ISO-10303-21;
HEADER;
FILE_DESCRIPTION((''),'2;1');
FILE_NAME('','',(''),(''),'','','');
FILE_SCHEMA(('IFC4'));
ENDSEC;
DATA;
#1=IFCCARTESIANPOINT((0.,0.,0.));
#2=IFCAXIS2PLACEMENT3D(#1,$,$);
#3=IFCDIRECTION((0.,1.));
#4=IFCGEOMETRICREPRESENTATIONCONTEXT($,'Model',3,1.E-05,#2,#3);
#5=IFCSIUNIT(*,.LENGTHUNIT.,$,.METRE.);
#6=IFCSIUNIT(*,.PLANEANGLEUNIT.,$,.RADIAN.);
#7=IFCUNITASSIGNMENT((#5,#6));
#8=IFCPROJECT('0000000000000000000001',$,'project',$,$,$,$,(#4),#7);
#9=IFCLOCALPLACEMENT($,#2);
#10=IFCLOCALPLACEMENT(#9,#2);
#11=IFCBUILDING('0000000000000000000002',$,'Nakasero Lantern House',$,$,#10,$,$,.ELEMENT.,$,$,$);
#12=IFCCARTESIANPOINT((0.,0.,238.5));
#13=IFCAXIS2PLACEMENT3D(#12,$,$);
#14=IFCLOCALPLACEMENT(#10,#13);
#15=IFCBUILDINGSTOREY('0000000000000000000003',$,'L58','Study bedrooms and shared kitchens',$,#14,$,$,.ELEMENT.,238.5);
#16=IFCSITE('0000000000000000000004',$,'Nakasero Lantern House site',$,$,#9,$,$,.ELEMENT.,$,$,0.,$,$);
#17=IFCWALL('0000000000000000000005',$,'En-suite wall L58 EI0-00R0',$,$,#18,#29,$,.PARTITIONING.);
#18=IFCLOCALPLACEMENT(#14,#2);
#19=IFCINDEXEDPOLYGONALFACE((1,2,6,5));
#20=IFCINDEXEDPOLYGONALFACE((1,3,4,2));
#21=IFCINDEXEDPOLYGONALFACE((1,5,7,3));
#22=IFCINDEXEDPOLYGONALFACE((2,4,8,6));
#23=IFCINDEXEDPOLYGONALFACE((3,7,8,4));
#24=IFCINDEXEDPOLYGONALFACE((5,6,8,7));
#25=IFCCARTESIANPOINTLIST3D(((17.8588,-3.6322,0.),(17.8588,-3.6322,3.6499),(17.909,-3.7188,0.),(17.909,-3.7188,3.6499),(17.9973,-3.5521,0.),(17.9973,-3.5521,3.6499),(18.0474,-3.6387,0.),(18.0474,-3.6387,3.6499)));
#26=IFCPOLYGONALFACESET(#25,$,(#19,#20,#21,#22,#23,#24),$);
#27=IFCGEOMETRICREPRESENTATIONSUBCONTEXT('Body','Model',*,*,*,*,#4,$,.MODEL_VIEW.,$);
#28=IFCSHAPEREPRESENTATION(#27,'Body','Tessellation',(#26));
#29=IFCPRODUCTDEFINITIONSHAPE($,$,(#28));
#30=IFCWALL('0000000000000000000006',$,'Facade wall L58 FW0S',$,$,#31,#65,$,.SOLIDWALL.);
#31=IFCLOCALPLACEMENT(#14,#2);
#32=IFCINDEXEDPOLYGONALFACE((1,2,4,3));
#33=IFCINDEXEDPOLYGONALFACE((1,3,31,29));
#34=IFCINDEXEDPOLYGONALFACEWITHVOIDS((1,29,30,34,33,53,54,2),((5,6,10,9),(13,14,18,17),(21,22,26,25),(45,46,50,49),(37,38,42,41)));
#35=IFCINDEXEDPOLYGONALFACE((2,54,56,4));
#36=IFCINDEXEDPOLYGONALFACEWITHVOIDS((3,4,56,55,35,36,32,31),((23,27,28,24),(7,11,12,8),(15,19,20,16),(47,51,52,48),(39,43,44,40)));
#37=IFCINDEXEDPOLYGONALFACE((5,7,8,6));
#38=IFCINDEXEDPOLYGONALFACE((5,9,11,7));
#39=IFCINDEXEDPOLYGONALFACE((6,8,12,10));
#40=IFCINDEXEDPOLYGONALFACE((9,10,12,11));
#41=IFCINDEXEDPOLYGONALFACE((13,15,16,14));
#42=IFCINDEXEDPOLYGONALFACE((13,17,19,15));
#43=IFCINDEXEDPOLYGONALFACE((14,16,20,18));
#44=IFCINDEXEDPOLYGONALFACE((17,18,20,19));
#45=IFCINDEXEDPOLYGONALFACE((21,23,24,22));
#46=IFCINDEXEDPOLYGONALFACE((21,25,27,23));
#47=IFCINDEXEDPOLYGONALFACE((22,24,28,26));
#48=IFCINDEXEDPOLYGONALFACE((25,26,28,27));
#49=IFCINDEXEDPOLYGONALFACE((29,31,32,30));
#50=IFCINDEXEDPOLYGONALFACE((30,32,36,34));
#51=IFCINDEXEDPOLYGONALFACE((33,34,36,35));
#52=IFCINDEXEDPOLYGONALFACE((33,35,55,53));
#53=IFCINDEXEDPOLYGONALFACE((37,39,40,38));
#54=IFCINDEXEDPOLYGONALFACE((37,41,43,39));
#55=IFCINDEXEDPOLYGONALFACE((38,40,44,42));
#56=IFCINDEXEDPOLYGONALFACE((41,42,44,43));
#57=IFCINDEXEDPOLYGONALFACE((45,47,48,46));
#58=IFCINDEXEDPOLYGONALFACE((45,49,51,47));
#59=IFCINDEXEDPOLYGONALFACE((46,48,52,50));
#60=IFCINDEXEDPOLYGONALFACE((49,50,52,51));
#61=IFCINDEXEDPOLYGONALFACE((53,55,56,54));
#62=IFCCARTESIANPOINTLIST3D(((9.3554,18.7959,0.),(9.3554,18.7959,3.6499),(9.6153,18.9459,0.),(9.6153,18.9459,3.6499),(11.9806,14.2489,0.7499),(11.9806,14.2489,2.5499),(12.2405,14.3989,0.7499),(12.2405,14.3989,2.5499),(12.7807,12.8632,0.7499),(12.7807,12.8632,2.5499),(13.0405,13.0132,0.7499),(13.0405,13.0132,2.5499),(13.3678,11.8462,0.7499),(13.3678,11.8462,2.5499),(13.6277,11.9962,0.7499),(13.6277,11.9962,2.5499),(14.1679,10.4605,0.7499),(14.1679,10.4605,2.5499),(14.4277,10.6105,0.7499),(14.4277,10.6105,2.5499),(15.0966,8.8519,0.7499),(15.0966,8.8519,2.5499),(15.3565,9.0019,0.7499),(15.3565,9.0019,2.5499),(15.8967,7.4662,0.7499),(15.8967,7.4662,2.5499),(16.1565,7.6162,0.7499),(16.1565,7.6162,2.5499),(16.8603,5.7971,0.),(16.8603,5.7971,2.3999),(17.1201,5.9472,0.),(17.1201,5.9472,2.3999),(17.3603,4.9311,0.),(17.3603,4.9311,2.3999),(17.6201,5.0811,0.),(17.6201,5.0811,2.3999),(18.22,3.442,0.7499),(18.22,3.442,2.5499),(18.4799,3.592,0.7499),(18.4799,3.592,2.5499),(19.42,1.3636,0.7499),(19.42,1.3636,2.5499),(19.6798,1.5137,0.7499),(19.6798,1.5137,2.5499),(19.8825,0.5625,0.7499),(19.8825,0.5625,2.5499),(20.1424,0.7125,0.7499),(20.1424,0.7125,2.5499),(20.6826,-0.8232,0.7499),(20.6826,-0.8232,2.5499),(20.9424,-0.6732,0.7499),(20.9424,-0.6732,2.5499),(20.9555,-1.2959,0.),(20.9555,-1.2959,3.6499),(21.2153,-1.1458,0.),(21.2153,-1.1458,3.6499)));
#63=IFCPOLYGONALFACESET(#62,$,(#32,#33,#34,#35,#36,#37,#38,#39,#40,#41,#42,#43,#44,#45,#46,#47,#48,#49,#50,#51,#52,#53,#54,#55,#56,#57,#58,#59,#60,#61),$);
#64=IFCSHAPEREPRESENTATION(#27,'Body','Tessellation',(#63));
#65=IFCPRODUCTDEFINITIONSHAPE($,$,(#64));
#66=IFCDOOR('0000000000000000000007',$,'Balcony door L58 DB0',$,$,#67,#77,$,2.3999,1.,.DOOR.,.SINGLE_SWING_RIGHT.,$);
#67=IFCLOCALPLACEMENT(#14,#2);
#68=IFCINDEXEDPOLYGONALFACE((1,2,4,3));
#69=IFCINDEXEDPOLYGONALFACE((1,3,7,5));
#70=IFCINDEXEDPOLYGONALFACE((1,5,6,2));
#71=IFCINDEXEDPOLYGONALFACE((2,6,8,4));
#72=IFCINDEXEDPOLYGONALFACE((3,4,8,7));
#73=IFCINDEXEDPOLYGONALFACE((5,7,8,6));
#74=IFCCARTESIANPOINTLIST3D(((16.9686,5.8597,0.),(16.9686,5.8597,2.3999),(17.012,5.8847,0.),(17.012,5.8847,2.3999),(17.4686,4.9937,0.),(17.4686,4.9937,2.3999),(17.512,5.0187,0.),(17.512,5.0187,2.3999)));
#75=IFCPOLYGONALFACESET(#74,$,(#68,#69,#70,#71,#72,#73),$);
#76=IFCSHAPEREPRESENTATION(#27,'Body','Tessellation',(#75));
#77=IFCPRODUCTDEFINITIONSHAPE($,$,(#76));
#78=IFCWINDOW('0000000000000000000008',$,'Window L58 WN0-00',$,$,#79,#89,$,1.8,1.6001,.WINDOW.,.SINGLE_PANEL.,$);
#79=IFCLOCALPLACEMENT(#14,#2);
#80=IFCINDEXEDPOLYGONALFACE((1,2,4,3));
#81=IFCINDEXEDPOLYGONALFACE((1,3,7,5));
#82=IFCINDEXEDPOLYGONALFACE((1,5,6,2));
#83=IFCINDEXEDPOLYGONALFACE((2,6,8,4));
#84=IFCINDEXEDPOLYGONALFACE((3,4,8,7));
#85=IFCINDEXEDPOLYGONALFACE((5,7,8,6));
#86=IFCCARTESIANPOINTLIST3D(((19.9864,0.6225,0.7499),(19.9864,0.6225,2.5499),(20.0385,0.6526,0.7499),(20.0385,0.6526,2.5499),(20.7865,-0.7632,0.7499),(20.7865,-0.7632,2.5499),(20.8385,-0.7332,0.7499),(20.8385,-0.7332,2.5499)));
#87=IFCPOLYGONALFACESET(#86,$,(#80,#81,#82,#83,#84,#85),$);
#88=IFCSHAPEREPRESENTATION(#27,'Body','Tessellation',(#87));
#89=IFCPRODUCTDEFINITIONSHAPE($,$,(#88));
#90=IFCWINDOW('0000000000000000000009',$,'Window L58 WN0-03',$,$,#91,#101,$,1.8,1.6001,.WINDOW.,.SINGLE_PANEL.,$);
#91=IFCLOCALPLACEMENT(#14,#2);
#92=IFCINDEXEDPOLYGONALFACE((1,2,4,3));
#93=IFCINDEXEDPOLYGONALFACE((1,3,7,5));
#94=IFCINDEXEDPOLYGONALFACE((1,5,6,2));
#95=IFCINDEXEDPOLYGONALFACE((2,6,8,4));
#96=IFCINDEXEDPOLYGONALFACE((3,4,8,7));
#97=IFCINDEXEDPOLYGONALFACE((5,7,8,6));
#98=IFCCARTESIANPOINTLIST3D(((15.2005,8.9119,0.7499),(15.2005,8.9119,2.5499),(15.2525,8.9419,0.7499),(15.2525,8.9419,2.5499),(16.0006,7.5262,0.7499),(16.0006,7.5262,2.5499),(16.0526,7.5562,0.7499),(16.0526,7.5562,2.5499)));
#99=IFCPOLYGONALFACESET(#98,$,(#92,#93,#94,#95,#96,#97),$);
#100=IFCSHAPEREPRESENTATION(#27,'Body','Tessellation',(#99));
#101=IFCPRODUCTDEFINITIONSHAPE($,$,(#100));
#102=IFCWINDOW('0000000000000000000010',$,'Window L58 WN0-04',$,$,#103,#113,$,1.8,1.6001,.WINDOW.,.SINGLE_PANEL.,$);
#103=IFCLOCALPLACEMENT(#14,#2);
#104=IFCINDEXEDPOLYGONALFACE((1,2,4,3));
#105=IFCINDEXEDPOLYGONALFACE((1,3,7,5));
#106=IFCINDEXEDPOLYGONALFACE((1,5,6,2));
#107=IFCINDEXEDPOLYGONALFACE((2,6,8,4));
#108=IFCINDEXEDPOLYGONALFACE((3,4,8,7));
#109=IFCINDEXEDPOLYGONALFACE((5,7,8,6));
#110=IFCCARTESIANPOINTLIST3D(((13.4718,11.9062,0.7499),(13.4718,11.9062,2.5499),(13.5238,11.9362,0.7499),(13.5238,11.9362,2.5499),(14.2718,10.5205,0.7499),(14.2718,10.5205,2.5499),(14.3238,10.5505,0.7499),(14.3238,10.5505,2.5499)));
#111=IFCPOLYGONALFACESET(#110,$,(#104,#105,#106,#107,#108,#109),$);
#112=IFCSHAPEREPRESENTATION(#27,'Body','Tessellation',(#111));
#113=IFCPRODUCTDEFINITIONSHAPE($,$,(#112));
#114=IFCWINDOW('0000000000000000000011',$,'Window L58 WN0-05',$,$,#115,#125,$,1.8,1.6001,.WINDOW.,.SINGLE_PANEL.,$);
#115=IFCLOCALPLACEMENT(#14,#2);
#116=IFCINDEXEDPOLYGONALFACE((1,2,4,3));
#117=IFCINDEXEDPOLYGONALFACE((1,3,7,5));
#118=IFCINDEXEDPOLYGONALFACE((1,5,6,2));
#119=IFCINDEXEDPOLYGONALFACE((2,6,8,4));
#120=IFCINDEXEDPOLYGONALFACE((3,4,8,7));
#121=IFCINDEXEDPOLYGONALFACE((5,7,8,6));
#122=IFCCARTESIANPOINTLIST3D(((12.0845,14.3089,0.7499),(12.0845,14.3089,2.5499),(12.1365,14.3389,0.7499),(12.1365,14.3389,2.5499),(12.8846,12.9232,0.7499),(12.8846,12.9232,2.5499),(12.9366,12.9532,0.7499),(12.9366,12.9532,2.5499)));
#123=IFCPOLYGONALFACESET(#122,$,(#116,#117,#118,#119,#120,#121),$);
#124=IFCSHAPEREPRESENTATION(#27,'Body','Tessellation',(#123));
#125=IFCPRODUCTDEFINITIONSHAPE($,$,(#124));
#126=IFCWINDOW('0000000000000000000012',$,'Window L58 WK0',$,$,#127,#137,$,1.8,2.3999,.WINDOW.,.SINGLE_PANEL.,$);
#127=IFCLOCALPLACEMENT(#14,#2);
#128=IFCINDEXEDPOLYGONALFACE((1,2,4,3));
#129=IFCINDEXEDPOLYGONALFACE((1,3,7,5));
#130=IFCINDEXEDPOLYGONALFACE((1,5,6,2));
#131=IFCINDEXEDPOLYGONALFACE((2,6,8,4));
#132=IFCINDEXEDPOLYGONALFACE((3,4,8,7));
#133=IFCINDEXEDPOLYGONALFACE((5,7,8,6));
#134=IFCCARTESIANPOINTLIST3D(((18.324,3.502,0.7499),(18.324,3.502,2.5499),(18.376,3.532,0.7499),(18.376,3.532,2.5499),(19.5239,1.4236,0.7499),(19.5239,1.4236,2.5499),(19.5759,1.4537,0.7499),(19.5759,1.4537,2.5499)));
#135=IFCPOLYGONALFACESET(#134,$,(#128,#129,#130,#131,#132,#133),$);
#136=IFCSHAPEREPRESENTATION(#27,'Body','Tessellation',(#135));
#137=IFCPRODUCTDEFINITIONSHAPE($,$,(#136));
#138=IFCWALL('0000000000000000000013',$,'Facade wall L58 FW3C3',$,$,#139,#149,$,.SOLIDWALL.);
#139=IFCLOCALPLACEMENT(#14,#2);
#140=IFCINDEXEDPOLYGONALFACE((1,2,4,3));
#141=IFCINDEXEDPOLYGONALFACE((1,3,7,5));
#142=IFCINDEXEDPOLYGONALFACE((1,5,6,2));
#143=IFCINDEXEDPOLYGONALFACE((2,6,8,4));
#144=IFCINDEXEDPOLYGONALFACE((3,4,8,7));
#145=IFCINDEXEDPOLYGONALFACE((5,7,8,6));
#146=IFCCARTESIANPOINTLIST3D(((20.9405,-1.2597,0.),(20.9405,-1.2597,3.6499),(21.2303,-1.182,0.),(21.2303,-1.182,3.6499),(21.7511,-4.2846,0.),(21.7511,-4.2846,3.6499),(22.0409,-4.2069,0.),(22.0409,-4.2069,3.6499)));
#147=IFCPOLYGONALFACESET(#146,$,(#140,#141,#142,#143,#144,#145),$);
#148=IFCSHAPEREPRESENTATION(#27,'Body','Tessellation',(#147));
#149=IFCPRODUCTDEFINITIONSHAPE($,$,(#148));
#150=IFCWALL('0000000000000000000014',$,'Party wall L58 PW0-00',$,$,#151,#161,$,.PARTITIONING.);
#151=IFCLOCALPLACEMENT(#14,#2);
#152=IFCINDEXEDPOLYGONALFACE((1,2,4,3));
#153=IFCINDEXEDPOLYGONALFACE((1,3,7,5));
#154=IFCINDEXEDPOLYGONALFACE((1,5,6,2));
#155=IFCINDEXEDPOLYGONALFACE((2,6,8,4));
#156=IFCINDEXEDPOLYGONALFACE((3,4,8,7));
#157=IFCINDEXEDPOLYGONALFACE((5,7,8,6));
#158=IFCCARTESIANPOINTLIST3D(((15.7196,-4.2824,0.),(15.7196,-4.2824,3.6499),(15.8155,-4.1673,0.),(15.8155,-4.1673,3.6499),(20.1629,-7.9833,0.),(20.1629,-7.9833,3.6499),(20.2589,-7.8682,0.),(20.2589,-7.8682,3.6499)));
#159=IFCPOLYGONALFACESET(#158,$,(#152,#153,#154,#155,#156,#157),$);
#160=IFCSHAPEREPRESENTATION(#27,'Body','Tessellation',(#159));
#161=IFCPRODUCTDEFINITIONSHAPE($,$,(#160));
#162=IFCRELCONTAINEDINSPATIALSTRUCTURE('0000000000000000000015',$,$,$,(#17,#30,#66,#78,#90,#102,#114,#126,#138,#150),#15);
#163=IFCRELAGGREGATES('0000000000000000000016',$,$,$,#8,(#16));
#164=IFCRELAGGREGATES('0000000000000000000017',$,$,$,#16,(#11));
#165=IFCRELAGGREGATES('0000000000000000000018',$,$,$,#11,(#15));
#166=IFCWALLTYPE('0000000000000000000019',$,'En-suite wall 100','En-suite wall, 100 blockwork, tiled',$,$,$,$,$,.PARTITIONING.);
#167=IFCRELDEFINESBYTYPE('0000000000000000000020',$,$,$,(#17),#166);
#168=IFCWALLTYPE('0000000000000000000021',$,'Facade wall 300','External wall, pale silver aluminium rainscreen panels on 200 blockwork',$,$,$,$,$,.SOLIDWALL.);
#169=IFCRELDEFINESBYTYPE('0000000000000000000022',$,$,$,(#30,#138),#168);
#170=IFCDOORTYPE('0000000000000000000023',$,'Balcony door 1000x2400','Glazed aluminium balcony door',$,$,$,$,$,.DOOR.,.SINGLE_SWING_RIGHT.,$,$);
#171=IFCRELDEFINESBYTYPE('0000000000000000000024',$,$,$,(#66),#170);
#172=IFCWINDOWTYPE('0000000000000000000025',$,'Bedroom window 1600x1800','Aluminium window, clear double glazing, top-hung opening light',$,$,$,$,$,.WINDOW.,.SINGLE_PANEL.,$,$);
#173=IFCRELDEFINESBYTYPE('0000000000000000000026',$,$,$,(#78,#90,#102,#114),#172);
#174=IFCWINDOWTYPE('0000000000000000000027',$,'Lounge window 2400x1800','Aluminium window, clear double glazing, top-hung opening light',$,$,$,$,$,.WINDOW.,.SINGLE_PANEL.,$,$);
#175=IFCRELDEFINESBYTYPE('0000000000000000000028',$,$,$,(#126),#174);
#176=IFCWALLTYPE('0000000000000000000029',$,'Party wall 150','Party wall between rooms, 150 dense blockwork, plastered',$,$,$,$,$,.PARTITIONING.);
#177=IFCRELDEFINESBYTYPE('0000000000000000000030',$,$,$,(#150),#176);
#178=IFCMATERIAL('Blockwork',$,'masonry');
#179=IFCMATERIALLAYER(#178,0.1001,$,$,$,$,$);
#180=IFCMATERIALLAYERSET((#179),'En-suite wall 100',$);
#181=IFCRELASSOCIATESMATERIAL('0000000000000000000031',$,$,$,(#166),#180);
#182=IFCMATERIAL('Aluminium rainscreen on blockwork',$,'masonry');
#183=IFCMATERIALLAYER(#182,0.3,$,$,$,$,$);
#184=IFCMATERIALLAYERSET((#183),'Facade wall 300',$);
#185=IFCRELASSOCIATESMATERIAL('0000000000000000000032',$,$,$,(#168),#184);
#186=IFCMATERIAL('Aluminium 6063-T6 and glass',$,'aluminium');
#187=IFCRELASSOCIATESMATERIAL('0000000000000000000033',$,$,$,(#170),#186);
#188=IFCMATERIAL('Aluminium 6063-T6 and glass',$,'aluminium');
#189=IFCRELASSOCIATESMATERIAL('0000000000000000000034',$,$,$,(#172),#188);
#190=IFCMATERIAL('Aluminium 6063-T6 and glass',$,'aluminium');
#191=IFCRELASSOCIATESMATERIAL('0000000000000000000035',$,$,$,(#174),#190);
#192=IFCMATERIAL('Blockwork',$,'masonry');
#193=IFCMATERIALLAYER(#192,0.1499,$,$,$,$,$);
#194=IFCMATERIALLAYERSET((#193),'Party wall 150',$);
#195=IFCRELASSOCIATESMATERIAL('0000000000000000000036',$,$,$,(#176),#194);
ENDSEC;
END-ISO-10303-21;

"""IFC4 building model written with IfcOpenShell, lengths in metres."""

from ifc_helpers import new_model, si_unit, direction, frame, frame_2d, origin, place, context, subcontext, project, spatial, rectangle, extrude, material, layer, layer_set, type_object, element, fill, save


model = new_model("IFC4")

# Units and contexts
model_context = context("Model", 3, precision=1e-05, world=origin(), true_north=direction((0.0, 1.0)))
body_context = subcontext(model_context, "Body", "Model", "MODEL_VIEW")
ifc_project = project(units=[si_unit("LENGTHUNIT", "METRE"), si_unit("PLANEANGLEUNIT", "RADIAN")], contexts=[model_context])

# Site, building, storey
site_placement = place(None, origin())
site = spatial("IfcSite", under=ifc_project, at=site_placement, Name="Nakasero Lantern House site", CompositionType="ELEMENT", RefElevation=0.0)
building_placement = place(site_placement, origin())
building = spatial("IfcBuilding", under=site, at=building_placement, Name="Nakasero Lantern House", CompositionType="ELEMENT")
storey_placement = place(building_placement, frame((0.0, 0.0, 238.5)))
storey = spatial("IfcBuildingStorey", under=building, at=storey_placement, Name="L58", Description="Study bedrooms and shared kitchens", CompositionType="ELEMENT", Elevation=238.5)

# Shared definitions
ifc_material_1 = material(Name="Blockwork", Category="masonry")
ifc_layer_1 = layer(ifc_material_1, 0.1001)
ifc_layer_set_1 = layer_set([ifc_layer_1], Name="En-suite wall 100")
wall_type_1 = type_object("IfcWallType", Name="En-suite wall 100", Description="En-suite wall, 100 blockwork, tiled", PredefinedType="PARTITIONING", material=ifc_layer_set_1)

# Wall
wall_1_placement = place(storey_placement, frame((17.8838, -3.6755, 0.0), z_axis=(0.0, 0.0, 1.0), x_axis=(0.8656, 0.500735, 0.0)))
element("IfcWall", 1, at=wall_1_placement, inside=storey, type_object=wall_type_1, Name="En-suite wall L58 EI0-00R0", PredefinedType="PARTITIONING", context=body_context, shape_type="SweptSolid", body=[
    extrude(rectangle(XDim=0.1599, YDim=0.1001, at=frame_2d((0.0801, 0.0))), origin(), (0.0, 0.0, 1.0), 3.6499),
])

# Wall, openings, door, windows
ifc_material_2 = material(Name="Aluminium rainscreen on blockwork", Category="masonry")
ifc_layer_2 = layer(ifc_material_2, 0.3)
ifc_layer_set_2 = layer_set([ifc_layer_2], Name="Facade wall 300")
wall_type_2 = type_object("IfcWallType", Name="Facade wall 300", Description="External wall, pale silver aluminium rainscreen panels on 200 blockwork", PredefinedType="SOLIDWALL", material=ifc_layer_set_2)
wall_2_placement = place(storey_placement, frame((21.0854, -1.2209, 0.0), z_axis=(0.0, 0.0, 1.0), x_axis=(-0.500003, 0.866024, 0.0)))
wall_2 = element("IfcWall", 2, at=wall_2_placement, inside=storey, type_object=wall_type_2, Name="Facade wall L58 FW0S", PredefinedType="SOLIDWALL", context=body_context, shape_type="SweptSolid", body=[
    extrude(rectangle(XDim=23.2, YDim=0.3, at=frame_2d((11.6001, 0.0))), origin(), (0.0, 0.0, 1.0), 3.6499),
])
opening_1_placement = place(wall_2_placement, frame((0.5459, 0.0, 0.75)))
opening_1 = element("IfcOpeningElement", 3, at=opening_1_placement, cuts=wall_2, PredefinedType="OPENING", context=body_context, shape_type="SweptSolid", body=[
    extrude(rectangle(XDim=1.6001, YDim=1.8, at=frame_2d((0.8, 0.8999))), frame((0.0, 0.1699, 0.0), z_axis=(0.0, -1.0, 0.0), x_axis=(1.0, 0.0, 0.0)), (0.0, 0.0, 1.0), 0.3401),
])
opening_2_placement = place(wall_2_placement, frame((10.1177, 0.0, 0.75)))
opening_2 = element("IfcOpeningElement", 4, at=opening_2_placement, cuts=wall_2, PredefinedType="OPENING", context=body_context, shape_type="SweptSolid", body=[
    extrude(rectangle(XDim=1.6001, YDim=1.8, at=frame_2d((0.8, 0.8999))), frame((0.0, 0.1699, 0.0), z_axis=(0.0, -1.0, 0.0), x_axis=(1.0, 0.0, 0.0)), (0.0, 0.0, 1.0), 0.3401),
])
opening_3_placement = place(wall_2_placement, frame((13.5752, 0.0, 0.75)))
opening_3 = element("IfcOpeningElement", 5, at=opening_3_placement, cuts=wall_2, PredefinedType="OPENING", context=body_context, shape_type="SweptSolid", body=[
    extrude(rectangle(XDim=1.6001, YDim=1.8, at=frame_2d((0.8, 0.8999))), frame((0.0, 0.1699, 0.0), z_axis=(0.0, -1.0, 0.0), x_axis=(1.0, 0.0, 0.0)), (0.0, 0.0, 1.0), 0.3401),
])
opening_4_placement = place(wall_2_placement, frame((16.3496, 0.0, 0.75)))
opening_4 = element("IfcOpeningElement", 6, at=opening_4_placement, cuts=wall_2, PredefinedType="OPENING", context=body_context, shape_type="SweptSolid", body=[
    extrude(rectangle(XDim=1.6001, YDim=1.8, at=frame_2d((0.8, 0.8999))), frame((0.0, 0.1699, 0.0), z_axis=(0.0, -1.0, 0.0), x_axis=(1.0, 0.0, 0.0)), (0.0, 0.0, 1.0), 0.3401),
])
opening_5_placement = place(wall_2_placement, frame((3.071, 0.0, 0.75)))
opening_5 = element("IfcOpeningElement", 7, at=opening_5_placement, cuts=wall_2, PredefinedType="OPENING", context=body_context, shape_type="SweptSolid", body=[
    extrude(rectangle(XDim=2.3999, YDim=1.8, at=frame_2d((1.2, 0.8999))), frame((0.0, 0.1699, 0.0), z_axis=(0.0, -1.0, 0.0), x_axis=(1.0, 0.0, 0.0)), (0.0, 0.0, 1.0), 0.3401),
])
opening_6_placement = place(wall_2_placement, frame((7.1904, 0.0, 0.0)))
opening_6 = element("IfcOpeningElement", 8, at=opening_6_placement, cuts=wall_2, PredefinedType="OPENING", context=body_context, shape_type="SweptSolid", body=[
    extrude(rectangle(XDim=1.0, YDim=2.3999, at=frame_2d((0.5, 1.2))), frame((0.0, 0.1699, 0.0), z_axis=(0.0, -1.0, 0.0), x_axis=(1.0, 0.0, 0.0)), (0.0, 0.0, 1.0), 0.3401),
])
ifc_material_3 = material(Name="Aluminium 6063-T6 and glass", Category="aluminium")
door_type_1 = type_object("IfcDoorType", Name="Balcony door 1000x2400", Description="Glazed aluminium balcony door", OperationType="SINGLE_SWING_RIGHT", PredefinedType="DOOR", material=ifc_material_3)
door_1_placement = place(opening_6_placement, origin())
door_1 = element("IfcDoor", 9, at=door_1_placement, inside=storey, type_object=door_type_1, Name="Balcony door L58 DB0", OperationType="SINGLE_SWING_RIGHT", OverallHeight=2.3999, OverallWidth=1.0, PredefinedType="DOOR", context=body_context, shape_type="SweptSolid", body=[
    extrude(rectangle(XDim=1.0, YDim=2.3999, at=frame_2d((0.5, 1.2))), frame((0.0, 0.0249, 0.0), z_axis=(0.0, -1.0, 0.0), x_axis=(1.0, 0.0, 0.0)), (0.0, 0.0, 1.0), 0.05),
])
fill(opening_6, door_1)
ifc_material_4 = material(Name="Aluminium 6063-T6 and glass", Category="aluminium")
window_type_1 = type_object("IfcWindowType", Name="Bedroom window 1600x1800", Description="Aluminium window, clear double glazing, top-hung opening light", PartitioningType="SINGLE_PANEL", PredefinedType="WINDOW", material=ifc_material_4)
window_1_placement = place(opening_1_placement, origin())
window_1 = element("IfcWindow", 10, at=window_1_placement, inside=storey, type_object=window_type_1, Name="Window L58 WN0-00", OverallHeight=1.8, OverallWidth=1.6001, PartitioningType="SINGLE_PANEL", PredefinedType="WINDOW", context=body_context, shape_type="SweptSolid", body=[
    extrude(rectangle(XDim=1.6001, YDim=1.8, at=frame_2d((0.8, 0.8999))), frame((0.0, 0.03, 0.0), z_axis=(0.0, -1.0, 0.0), x_axis=(1.0, 0.0, 0.0)), (0.0, 0.0, 1.0), 0.0601),
])
fill(opening_1, window_1)
window_2_placement = place(opening_2_placement, origin())
window_2 = element("IfcWindow", 11, at=window_2_placement, inside=storey, type_object=window_type_1, Name="Window L58 WN0-03", OverallHeight=1.8, OverallWidth=1.6001, PartitioningType="SINGLE_PANEL", PredefinedType="WINDOW", context=body_context, shape_type="SweptSolid", body=[
    extrude(rectangle(XDim=1.6001, YDim=1.8, at=frame_2d((0.8, 0.8999))), frame((0.0, 0.03, 0.0), z_axis=(0.0, -1.0, 0.0), x_axis=(1.0, 0.0, 0.0)), (0.0, 0.0, 1.0), 0.0601),
])
fill(opening_2, window_2)
window_3_placement = place(opening_3_placement, origin())
window_3 = element("IfcWindow", 12, at=window_3_placement, inside=storey, type_object=window_type_1, Name="Window L58 WN0-04", OverallHeight=1.8, OverallWidth=1.6001, PartitioningType="SINGLE_PANEL", PredefinedType="WINDOW", context=body_context, shape_type="SweptSolid", body=[
    extrude(rectangle(XDim=1.6001, YDim=1.8, at=frame_2d((0.8, 0.8999))), frame((0.0, 0.03, 0.0), z_axis=(0.0, -1.0, 0.0), x_axis=(1.0, 0.0, 0.0)), (0.0, 0.0, 1.0), 0.0601),
])
fill(opening_3, window_3)
window_4_placement = place(opening_4_placement, origin())
window_4 = element("IfcWindow", 13, at=window_4_placement, inside=storey, type_object=window_type_1, Name="Window L58 WN0-05", OverallHeight=1.8, OverallWidth=1.6001, PartitioningType="SINGLE_PANEL", PredefinedType="WINDOW", context=body_context, shape_type="SweptSolid", body=[
    extrude(rectangle(XDim=1.6001, YDim=1.8, at=frame_2d((0.8, 0.8999))), frame((0.0, 0.03, 0.0), z_axis=(0.0, -1.0, 0.0), x_axis=(1.0, 0.0, 0.0)), (0.0, 0.0, 1.0), 0.0601),
])
fill(opening_4, window_4)
ifc_material_5 = material(Name="Aluminium 6063-T6 and glass", Category="aluminium")
window_type_2 = type_object("IfcWindowType", Name="Lounge window 2400x1800", Description="Aluminium window, clear double glazing, top-hung opening light", PartitioningType="SINGLE_PANEL", PredefinedType="WINDOW", material=ifc_material_5)
window_5_placement = place(opening_5_placement, origin())
window_5 = element("IfcWindow", 14, at=window_5_placement, inside=storey, type_object=window_type_2, Name="Window L58 WK0", OverallHeight=1.8, OverallWidth=2.3999, PartitioningType="SINGLE_PANEL", PredefinedType="WINDOW", context=body_context, shape_type="SweptSolid", body=[
    extrude(rectangle(XDim=2.3999, YDim=1.8, at=frame_2d((1.2, 0.8999))), frame((0.0, 0.03, 0.0), z_axis=(0.0, -1.0, 0.0), x_axis=(1.0, 0.0, 0.0)), (0.0, 0.0, 1.0), 0.0601),
])
fill(opening_5, window_5)

# Walls
wall_3_placement = place(storey_placement, frame((21.896, -4.2458, 0.0), z_axis=(0.0, 0.0, 1.0), x_axis=(-0.258827, 0.965924, 0.0)))
element("IfcWall", 15, at=wall_3_placement, inside=storey, type_object=wall_type_2, Name="Facade wall L58 FW3C3", PredefinedType="SOLIDWALL", context=body_context, shape_type="SweptSolid", body=[
    extrude(rectangle(XDim=3.1316, YDim=0.3, at=frame_2d((1.5659, 0.0))), origin(), (0.0, 0.0, 1.0), 3.6499),
])
ifc_material_6 = material(Name="Blockwork", Category="masonry")
ifc_layer_3 = layer(ifc_material_6, 0.1499)
ifc_layer_set_3 = layer_set([ifc_layer_3], Name="Party wall 150")
wall_type_3 = type_object("IfcWallType", Name="Party wall 150", Description="Party wall between rooms, 150 dense blockwork, plastered", PredefinedType="PARTITIONING", material=ifc_layer_set_3)
wall_4_placement = place(storey_placement, frame((15.7676, -4.2249, 0.0), z_axis=(0.0, 0.0, 1.0), x_axis=(0.76838, -0.639993, 0.0)))
element("IfcWall", 16, at=wall_4_placement, inside=storey, type_object=wall_type_3, Name="Party wall L58 PW0-00", PredefinedType="PARTITIONING", context=body_context, shape_type="SweptSolid", body=[
    extrude(rectangle(XDim=5.7827, YDim=0.1499, at=frame_2d((2.8914, 0.0))), origin(), (0.0, 0.0, 1.0), 3.6499),
])

save(model, "model.ifc")
